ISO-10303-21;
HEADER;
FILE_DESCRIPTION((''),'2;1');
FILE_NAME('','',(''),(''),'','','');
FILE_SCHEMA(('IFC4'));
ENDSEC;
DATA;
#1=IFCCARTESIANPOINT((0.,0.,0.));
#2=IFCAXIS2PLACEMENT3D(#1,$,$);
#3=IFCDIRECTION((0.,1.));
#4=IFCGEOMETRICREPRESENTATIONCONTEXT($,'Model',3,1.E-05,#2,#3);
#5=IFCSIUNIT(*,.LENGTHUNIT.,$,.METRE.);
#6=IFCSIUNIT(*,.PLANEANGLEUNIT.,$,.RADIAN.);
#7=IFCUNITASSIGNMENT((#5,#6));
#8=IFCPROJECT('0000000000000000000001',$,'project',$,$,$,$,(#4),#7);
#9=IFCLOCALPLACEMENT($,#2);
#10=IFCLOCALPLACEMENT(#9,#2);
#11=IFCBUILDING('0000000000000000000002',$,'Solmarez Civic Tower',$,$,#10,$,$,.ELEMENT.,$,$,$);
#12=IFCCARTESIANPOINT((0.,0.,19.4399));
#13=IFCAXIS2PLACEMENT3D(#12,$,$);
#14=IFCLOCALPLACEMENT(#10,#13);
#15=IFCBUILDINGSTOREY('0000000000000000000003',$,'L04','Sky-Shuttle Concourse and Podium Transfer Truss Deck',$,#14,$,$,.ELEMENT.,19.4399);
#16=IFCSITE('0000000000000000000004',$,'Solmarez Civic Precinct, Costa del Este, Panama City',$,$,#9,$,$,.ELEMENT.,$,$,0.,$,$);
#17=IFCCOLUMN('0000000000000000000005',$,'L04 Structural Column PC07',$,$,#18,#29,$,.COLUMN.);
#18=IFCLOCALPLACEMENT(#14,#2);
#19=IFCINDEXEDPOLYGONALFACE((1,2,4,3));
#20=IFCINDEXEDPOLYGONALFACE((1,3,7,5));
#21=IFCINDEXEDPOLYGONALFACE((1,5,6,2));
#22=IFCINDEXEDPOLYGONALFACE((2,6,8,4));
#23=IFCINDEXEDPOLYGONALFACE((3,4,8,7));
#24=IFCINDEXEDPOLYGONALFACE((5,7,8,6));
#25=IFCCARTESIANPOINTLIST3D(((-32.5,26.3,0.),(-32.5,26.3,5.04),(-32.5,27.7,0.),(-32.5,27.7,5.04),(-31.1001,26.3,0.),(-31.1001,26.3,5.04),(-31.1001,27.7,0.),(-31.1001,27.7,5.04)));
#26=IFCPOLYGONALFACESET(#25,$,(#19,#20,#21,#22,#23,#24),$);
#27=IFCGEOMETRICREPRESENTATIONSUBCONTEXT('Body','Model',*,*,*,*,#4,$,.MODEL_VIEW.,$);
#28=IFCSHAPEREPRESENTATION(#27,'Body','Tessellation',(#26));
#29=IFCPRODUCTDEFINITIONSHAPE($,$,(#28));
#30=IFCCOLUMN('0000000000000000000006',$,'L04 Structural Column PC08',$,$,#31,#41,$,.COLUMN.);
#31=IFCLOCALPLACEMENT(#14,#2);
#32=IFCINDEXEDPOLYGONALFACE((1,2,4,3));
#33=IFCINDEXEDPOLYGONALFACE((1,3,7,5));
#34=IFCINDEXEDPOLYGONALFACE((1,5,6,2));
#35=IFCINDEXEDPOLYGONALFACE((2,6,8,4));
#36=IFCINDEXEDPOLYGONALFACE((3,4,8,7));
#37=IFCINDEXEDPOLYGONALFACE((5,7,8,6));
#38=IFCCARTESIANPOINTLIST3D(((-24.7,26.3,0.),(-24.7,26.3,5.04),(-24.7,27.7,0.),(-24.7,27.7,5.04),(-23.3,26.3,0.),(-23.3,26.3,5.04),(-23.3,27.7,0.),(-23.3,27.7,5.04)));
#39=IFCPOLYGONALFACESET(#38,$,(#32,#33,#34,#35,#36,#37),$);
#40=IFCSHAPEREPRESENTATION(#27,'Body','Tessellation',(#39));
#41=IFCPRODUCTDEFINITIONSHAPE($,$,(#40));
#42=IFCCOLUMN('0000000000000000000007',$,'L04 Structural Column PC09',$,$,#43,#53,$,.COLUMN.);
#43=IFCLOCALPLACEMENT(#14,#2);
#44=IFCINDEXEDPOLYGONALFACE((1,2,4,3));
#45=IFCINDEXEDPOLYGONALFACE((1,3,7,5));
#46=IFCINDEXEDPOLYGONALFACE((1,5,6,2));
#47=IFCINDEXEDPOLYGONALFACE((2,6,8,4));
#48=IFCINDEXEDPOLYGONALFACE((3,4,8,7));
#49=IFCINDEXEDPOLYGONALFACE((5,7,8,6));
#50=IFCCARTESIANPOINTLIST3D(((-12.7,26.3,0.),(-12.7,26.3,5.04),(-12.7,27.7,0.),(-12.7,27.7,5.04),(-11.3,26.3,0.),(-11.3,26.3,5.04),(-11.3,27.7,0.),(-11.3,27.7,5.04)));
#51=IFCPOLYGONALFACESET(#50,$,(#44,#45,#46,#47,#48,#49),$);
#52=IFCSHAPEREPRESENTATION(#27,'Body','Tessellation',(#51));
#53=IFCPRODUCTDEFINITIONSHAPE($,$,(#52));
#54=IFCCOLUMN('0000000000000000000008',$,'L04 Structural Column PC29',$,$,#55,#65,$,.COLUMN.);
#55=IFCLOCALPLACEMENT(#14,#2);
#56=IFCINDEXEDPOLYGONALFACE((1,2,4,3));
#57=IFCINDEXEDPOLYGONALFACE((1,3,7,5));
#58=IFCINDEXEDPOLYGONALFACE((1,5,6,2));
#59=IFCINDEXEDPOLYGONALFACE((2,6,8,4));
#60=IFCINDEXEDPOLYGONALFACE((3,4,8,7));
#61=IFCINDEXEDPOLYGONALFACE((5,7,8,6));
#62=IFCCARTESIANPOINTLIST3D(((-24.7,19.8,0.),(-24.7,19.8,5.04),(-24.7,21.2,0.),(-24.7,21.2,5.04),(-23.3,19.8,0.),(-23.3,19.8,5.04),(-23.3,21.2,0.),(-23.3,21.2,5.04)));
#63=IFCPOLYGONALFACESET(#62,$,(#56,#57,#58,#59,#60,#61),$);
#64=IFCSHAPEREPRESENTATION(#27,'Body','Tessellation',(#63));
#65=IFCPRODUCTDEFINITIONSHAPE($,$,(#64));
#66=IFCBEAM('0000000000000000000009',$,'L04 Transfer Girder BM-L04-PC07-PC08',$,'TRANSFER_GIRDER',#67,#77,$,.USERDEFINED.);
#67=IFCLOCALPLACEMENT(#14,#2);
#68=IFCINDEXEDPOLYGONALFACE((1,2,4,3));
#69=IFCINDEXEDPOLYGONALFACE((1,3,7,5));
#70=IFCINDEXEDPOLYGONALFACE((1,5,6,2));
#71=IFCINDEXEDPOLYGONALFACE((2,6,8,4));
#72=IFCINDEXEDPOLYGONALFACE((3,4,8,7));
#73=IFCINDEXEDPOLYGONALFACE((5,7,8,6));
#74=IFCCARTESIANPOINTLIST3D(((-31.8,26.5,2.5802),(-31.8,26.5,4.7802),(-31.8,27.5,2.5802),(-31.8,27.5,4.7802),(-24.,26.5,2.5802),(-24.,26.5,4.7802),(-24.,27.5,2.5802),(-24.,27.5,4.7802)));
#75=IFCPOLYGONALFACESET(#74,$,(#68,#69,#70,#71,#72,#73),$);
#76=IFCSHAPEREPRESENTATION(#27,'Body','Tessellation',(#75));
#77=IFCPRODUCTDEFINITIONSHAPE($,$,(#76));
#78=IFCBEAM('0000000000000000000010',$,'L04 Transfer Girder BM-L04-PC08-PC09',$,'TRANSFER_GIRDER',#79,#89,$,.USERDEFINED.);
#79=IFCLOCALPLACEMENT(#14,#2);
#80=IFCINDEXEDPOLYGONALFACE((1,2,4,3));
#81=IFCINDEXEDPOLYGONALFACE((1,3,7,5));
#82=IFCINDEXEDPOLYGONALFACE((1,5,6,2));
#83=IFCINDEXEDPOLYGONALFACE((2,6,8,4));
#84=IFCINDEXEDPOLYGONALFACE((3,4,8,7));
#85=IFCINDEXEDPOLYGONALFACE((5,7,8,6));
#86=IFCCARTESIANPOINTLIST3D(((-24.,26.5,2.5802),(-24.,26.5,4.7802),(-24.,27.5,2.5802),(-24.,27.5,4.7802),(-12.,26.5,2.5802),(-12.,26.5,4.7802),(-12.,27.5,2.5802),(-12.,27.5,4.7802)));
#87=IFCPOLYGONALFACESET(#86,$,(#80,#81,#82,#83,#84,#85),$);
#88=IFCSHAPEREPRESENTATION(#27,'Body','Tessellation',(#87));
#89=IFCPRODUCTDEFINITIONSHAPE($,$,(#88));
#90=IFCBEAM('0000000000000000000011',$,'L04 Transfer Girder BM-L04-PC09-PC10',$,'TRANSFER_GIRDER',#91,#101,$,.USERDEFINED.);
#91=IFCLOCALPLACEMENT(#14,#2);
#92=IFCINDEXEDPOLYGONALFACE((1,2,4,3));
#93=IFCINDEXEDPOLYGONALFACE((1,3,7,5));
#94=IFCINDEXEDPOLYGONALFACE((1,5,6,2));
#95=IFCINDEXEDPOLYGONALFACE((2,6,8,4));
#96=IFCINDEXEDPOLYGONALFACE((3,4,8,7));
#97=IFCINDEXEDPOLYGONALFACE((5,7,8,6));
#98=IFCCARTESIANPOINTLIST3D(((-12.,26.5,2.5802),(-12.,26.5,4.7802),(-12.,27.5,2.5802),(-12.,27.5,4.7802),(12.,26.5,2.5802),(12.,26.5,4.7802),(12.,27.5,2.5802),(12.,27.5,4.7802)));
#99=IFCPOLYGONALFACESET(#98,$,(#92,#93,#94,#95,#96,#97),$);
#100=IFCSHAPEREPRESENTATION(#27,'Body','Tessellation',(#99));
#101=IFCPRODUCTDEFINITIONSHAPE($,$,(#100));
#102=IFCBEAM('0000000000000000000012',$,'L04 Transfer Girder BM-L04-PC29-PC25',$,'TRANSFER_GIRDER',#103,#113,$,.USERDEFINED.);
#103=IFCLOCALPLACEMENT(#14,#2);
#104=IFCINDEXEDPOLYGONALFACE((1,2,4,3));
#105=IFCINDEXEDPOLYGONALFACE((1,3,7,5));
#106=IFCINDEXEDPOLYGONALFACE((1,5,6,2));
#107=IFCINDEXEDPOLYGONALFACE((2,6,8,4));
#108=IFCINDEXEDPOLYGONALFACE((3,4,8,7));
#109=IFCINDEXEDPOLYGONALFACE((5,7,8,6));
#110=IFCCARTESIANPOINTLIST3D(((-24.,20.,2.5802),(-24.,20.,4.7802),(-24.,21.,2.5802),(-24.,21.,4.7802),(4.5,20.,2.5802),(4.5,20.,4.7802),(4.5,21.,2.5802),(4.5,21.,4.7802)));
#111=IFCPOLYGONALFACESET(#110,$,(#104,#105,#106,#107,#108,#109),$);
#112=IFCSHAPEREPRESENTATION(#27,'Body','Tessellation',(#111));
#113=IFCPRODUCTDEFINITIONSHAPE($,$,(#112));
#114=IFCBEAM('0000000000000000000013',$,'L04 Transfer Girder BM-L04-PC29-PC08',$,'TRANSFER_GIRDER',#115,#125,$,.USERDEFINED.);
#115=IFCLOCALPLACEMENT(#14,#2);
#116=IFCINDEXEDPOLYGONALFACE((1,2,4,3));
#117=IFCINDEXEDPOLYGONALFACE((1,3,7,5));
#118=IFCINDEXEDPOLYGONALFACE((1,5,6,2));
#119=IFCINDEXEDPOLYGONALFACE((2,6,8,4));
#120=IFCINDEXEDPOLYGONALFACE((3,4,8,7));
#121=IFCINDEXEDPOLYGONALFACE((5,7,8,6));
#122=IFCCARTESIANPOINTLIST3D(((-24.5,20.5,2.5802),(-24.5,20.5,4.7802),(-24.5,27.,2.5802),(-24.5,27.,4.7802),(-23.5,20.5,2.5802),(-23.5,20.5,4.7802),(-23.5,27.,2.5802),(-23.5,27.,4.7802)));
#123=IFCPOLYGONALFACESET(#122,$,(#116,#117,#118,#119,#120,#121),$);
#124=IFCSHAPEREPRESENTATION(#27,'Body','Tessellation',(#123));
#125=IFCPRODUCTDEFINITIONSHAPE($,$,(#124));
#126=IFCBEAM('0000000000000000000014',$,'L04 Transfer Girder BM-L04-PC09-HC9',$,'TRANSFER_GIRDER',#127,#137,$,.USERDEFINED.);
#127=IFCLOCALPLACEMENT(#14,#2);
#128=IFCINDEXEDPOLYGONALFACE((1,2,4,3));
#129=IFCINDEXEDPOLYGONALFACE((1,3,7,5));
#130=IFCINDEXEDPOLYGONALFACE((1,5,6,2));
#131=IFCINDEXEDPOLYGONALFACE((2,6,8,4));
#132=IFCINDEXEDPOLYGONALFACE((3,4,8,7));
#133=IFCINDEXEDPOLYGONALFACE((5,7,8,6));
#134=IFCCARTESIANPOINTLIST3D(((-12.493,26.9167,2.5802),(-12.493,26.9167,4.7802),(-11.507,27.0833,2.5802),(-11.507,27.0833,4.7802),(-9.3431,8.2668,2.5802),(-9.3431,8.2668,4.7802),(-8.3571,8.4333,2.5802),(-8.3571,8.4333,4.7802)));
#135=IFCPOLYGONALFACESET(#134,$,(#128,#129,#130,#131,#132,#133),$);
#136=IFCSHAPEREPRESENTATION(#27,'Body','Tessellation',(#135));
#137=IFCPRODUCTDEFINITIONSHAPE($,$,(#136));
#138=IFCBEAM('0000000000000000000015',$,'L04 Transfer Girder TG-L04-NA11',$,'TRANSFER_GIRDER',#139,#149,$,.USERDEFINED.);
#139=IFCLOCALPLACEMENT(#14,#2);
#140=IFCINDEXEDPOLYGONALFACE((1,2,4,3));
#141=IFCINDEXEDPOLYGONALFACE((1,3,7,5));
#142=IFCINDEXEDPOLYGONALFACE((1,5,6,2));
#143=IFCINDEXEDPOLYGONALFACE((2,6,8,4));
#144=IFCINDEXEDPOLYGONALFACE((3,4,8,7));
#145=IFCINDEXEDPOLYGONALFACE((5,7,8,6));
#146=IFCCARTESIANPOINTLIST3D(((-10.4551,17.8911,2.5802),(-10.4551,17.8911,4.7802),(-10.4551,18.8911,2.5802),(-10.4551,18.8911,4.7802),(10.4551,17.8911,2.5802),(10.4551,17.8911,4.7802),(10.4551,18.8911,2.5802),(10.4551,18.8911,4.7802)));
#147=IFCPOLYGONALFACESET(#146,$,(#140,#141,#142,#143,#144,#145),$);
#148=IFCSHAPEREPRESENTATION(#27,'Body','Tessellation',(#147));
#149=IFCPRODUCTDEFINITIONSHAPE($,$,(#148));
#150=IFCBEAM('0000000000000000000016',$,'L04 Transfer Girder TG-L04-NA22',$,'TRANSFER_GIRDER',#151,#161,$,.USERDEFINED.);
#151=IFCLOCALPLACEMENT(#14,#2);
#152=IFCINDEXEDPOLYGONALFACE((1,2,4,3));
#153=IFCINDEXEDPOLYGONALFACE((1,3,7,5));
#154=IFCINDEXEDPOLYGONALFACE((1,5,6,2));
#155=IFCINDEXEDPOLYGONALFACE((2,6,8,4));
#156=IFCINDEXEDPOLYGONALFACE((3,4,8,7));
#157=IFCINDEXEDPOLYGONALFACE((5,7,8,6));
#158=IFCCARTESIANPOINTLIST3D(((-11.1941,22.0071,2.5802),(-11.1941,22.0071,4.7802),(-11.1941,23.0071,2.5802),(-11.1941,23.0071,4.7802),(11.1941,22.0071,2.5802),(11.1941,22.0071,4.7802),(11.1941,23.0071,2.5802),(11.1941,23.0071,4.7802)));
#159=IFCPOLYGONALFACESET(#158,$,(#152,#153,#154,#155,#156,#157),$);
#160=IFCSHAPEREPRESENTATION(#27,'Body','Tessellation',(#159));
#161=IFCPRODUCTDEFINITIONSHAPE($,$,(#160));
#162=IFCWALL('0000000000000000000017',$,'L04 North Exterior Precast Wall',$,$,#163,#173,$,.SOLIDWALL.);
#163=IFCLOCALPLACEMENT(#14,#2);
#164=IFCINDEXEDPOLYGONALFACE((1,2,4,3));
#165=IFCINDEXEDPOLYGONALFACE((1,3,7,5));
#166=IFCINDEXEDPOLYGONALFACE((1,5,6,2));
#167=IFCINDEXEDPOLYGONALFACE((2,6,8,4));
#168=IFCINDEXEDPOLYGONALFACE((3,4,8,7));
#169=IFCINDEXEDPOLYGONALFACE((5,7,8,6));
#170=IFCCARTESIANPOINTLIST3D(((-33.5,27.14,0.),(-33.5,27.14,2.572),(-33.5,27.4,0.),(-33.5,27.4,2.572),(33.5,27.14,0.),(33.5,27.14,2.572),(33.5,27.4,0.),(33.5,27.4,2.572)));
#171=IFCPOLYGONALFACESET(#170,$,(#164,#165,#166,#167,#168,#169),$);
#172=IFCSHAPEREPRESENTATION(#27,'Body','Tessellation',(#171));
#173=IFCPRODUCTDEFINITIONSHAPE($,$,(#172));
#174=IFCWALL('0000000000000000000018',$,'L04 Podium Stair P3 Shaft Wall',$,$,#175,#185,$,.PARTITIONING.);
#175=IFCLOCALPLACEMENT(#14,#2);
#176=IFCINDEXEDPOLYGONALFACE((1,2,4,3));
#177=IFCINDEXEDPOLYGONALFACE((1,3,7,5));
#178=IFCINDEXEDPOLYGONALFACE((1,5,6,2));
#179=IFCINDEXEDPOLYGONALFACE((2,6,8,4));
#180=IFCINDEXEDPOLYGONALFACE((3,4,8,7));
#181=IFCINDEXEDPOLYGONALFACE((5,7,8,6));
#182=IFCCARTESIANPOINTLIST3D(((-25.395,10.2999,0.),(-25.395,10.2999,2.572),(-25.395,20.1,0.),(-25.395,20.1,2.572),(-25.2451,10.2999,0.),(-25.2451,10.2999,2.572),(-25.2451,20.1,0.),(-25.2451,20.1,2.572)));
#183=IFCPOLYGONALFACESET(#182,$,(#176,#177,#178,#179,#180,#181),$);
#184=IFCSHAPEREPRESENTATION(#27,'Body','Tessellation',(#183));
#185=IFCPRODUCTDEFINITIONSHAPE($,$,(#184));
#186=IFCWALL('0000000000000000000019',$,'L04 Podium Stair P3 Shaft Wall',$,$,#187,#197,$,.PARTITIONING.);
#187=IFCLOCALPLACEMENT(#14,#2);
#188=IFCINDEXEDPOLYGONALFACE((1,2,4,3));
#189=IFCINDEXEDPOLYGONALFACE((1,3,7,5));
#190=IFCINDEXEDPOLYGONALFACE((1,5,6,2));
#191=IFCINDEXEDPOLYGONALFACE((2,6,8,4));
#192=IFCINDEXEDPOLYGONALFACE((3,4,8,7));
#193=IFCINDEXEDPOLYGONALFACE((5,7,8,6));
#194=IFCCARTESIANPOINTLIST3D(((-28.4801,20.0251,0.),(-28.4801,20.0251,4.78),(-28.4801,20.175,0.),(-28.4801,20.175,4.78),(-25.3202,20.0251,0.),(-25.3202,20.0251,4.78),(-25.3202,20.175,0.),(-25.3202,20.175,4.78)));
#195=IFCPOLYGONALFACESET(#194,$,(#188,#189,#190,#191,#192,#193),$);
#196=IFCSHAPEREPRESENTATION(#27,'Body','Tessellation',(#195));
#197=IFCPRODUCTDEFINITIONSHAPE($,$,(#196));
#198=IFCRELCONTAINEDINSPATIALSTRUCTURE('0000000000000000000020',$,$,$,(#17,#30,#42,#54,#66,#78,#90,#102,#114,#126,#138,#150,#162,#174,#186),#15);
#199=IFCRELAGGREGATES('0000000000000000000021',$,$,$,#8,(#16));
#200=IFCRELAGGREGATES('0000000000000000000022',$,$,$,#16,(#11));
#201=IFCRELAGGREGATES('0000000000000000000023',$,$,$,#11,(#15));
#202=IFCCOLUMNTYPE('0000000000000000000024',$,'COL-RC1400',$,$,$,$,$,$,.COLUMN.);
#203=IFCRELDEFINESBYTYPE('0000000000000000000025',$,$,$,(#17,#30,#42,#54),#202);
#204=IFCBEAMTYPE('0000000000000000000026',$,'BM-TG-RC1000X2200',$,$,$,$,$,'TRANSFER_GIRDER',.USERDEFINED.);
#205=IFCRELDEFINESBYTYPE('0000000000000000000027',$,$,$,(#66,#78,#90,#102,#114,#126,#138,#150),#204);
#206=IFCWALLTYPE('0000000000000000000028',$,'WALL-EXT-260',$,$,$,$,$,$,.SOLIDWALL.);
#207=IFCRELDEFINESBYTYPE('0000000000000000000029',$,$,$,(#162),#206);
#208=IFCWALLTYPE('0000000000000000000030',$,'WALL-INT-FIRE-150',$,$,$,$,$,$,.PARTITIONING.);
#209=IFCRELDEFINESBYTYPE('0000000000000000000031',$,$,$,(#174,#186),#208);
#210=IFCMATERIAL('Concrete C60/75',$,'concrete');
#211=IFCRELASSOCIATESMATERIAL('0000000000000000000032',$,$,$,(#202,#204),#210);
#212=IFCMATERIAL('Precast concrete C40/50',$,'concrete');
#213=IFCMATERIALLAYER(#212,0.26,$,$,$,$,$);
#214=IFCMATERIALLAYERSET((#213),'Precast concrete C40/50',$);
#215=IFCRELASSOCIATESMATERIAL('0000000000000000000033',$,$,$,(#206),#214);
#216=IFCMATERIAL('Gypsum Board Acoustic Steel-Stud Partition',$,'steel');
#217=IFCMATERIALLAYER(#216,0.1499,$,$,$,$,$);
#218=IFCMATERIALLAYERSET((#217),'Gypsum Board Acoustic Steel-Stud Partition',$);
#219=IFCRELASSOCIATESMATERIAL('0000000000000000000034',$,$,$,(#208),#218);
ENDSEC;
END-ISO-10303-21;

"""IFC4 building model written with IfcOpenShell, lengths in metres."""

from ifc_helpers import new_model, si_unit, direction, frame, frame_2d, origin, origin_2d, place, context, subcontext, project, spatial, rectangle, extrude, material, layer, layer_set, material_profile, profile_set, type_object, element, save


model = new_model("IFC4")

# Units and contexts
model_context = context("Model", 3, precision=1e-05, world=origin(), true_north=direction((0.0, 1.0)))
body_context = subcontext(model_context, "Body", "Model", "MODEL_VIEW")
ifc_project = project(units=[si_unit("LENGTHUNIT", "METRE"), si_unit("PLANEANGLEUNIT", "RADIAN")], contexts=[model_context])

# Site, building, storey
site_placement = place(None, origin())
site = spatial("IfcSite", under=ifc_project, at=site_placement, Name="Solmarez Civic Precinct, Costa del Este, Panama City", CompositionType="ELEMENT", RefElevation=0.0)
building_placement = place(site_placement, origin())
building = spatial("IfcBuilding", under=site, at=building_placement, Name="Solmarez Civic Tower", CompositionType="ELEMENT")
storey_placement = place(building_placement, frame((0.0, 0.0, 19.4399)))
storey = spatial("IfcBuildingStorey", under=building, at=storey_placement, Name="L04", Description="Sky-Shuttle Concourse and Podium Transfer Truss Deck", CompositionType="ELEMENT", Elevation=19.4399)

# Columns
ifc_material_1 = material(Name="Concrete C60/75", Category="concrete")
ifc_material_profile_1 = material_profile(ifc_material_1, rectangle(XDim=1.3999, YDim=1.3999, at=origin_2d()), Name="RC1400X1400")
ifc_profile_set_1 = profile_set([ifc_material_profile_1], Name="Concrete C60/75")
column_type = type_object("IfcColumnType", Name="COL-RC1400", PredefinedType="COLUMN", material=ifc_profile_set_1)
for number, where, z_axis, x_axis, name in (
    (1, (-31.8, 27.0, 0.0), (0.0, 0.0, 1.0), (1.0, 0.0, 0.0), "L04 Structural Column PC07"),
    (2, (-24.0, 27.0, 0.0), (0.0, 0.0, 1.0), (1.0, 0.0, 0.0), "L04 Structural Column PC08"),
    (3, (-12.0, 27.0, 0.0), (0.0, 0.0, 1.0), (1.0, 0.0, 0.0), "L04 Structural Column PC09"),
    (4, (-24.0, 20.5, 0.0), (0.0, 0.0, 1.0), (1.0, 0.0, 0.0), "L04 Structural Column PC29"),
):
    element("IfcColumn", number, at=place(storey_placement, frame(where, z_axis=z_axis, x_axis=x_axis)), inside=storey, type_object=column_type, Name=name, PredefinedType="COLUMN", context=body_context, shape_type="SweptSolid", body=[
        extrude(rectangle(XDim=1.3999, YDim=1.3999, at=origin_2d()), origin(), (0.0, 0.0, 1.0), 5.04),
    ])

# Beams
ifc_material_profile_2 = material_profile(ifc_material_1, rectangle(XDim=1.0, YDim=2.2, at=origin_2d()), Name="RC1000X2200")
ifc_profile_set_2 = profile_set([ifc_material_profile_2], Name="Concrete C60/75")
beam_type = type_object("IfcBeamType", Name="BM-TG-RC1000X2200", ElementType="TRANSFER_GIRDER", PredefinedType="USERDEFINED", material=ifc_profile_set_2)
beam_1_placement = place(storey_placement, frame((-31.8, 27.0, 3.6802), z_axis=(1.0, 0.0, 0.0), x_axis=(0.0, 1.0, 0.0)))
element("IfcBeam", 5, at=beam_1_placement, inside=storey, type_object=beam_type, Name="L04 Transfer Girder BM-L04-PC07-PC08", ObjectType="TRANSFER_GIRDER", PredefinedType="USERDEFINED", context=body_context, shape_type="SweptSolid", body=[
    extrude(rectangle(XDim=1.0, YDim=2.2, at=origin_2d()), origin(), (0.0, 0.0, 1.0), 7.8),
])
beam_2_placement = place(storey_placement, frame((-24.0, 27.0, 3.6802), z_axis=(1.0, 0.0, 0.0), x_axis=(0.0, 1.0, 0.0)))
element("IfcBeam", 6, at=beam_2_placement, inside=storey, type_object=beam_type, Name="L04 Transfer Girder BM-L04-PC08-PC09", ObjectType="TRANSFER_GIRDER", PredefinedType="USERDEFINED", context=body_context, shape_type="SweptSolid", body=[
    extrude(rectangle(XDim=1.0, YDim=2.2, at=origin_2d()), origin(), (0.0, 0.0, 1.0), 12.0),
])
beam_3_placement = place(storey_placement, frame((-12.0, 27.0, 3.6802), z_axis=(1.0, 0.0, 0.0), x_axis=(0.0, 1.0, 0.0)))
element("IfcBeam", 7, at=beam_3_placement, inside=storey, type_object=beam_type, Name="L04 Transfer Girder BM-L04-PC09-PC10", ObjectType="TRANSFER_GIRDER", PredefinedType="USERDEFINED", context=body_context, shape_type="SweptSolid", body=[
    extrude(rectangle(XDim=1.0, YDim=2.2, at=origin_2d()), origin(), (0.0, 0.0, 1.0), 24.0),
])
beam_4_placement = place(storey_placement, frame((-24.0, 20.5, 3.6802), z_axis=(1.0, 0.0, 0.0), x_axis=(0.0, 1.0, 0.0)))
element("IfcBeam", 8, at=beam_4_placement, inside=storey, type_object=beam_type, Name="L04 Transfer Girder BM-L04-PC29-PC25", ObjectType="TRANSFER_GIRDER", PredefinedType="USERDEFINED", context=body_context, shape_type="SweptSolid", body=[
    extrude(rectangle(XDim=1.0, YDim=2.2, at=origin_2d()), origin(), (0.0, 0.0, 1.0), 28.5),
])
beam_5_placement = place(storey_placement, frame((-24.0, 20.5, 3.6802), z_axis=(0.0, 1.0, 0.0), x_axis=(-1.0, 0.0, 0.0)))
element("IfcBeam", 9, at=beam_5_placement, inside=storey, type_object=beam_type, Name="L04 Transfer Girder BM-L04-PC29-PC08", ObjectType="TRANSFER_GIRDER", PredefinedType="USERDEFINED", context=body_context, shape_type="SweptSolid", body=[
    extrude(rectangle(XDim=1.0, YDim=2.2, at=origin_2d()), origin(), (0.0, 0.0, 1.0), 6.5),
])
beam_6_placement = place(storey_placement, frame((-12.0, 27.0, 3.6802), z_axis=(0.166538, -0.986035, 0.0), x_axis=(0.986035, 0.166538, 0.0)))
element("IfcBeam", 10, at=beam_6_placement, inside=storey, type_object=beam_type, Name="L04 Transfer Girder BM-L04-PC09-HC9", ObjectType="TRANSFER_GIRDER", PredefinedType="USERDEFINED", context=body_context, shape_type="SweptSolid", body=[
    extrude(rectangle(XDim=1.0, YDim=2.2, at=origin_2d()), origin(), (0.0, 0.0, 1.0), 18.9141),
])
beam_7_placement = place(storey_placement, frame((-10.4551, 18.3911, 3.6802), z_axis=(1.0, 0.0, 0.0), x_axis=(0.0, 1.0, 0.0)))
element("IfcBeam", 11, at=beam_7_placement, inside=storey, type_object=beam_type, Name="L04 Transfer Girder TG-L04-NA11", ObjectType="TRANSFER_GIRDER", PredefinedType="USERDEFINED", context=body_context, shape_type="SweptSolid", body=[
    extrude(rectangle(XDim=1.0, YDim=2.2, at=origin_2d()), origin(), (0.0, 0.0, 1.0), 20.9102),
])
beam_8_placement = place(storey_placement, frame((-11.1941, 22.5071, 3.6802), z_axis=(1.0, 0.0, 0.0), x_axis=(0.0, 1.0, 0.0)))
element("IfcBeam", 12, at=beam_8_placement, inside=storey, type_object=beam_type, Name="L04 Transfer Girder TG-L04-NA22", ObjectType="TRANSFER_GIRDER", PredefinedType="USERDEFINED", context=body_context, shape_type="SweptSolid", body=[
    extrude(rectangle(XDim=1.0, YDim=2.2, at=origin_2d()), origin(), (0.0, 0.0, 1.0), 22.3882),
])

# Walls
ifc_material_2 = material(Name="Precast concrete C40/50", Category="concrete")
ifc_layer_1 = layer(ifc_material_2, 0.26)
ifc_layer_set_1 = layer_set([ifc_layer_1], Name="Precast concrete C40/50")
wall_type_1 = type_object("IfcWallType", Name="WALL-EXT-260", PredefinedType="SOLIDWALL", material=ifc_layer_set_1)
wall_1_placement = place(storey_placement, frame((-33.5, 27.27, 0.0), z_axis=(0.0, 0.0, 1.0), x_axis=(1.0, 0.0, 0.0)))
element("IfcWall", 13, at=wall_1_placement, inside=storey, type_object=wall_type_1, Name="L04 North Exterior Precast Wall", PredefinedType="SOLIDWALL", context=body_context, shape_type="SweptSolid", body=[
    extrude(rectangle(XDim=67.0, YDim=0.26, at=frame_2d((33.5, 0.0))), origin(), (0.0, 0.0, 1.0), 2.572),
])
ifc_material_3 = material(Name="Gypsum Board Acoustic Steel-Stud Partition", Category="steel")
ifc_layer_2 = layer(ifc_material_3, 0.1499)
ifc_layer_set_2 = layer_set([ifc_layer_2], Name="Gypsum Board Acoustic Steel-Stud Partition")
wall_type_2 = type_object("IfcWallType", Name="WALL-INT-FIRE-150", PredefinedType="PARTITIONING", material=ifc_layer_set_2)
wall_2_placement = place(storey_placement, frame((-25.3201, 10.3, 0.0), z_axis=(0.0, 0.0, 1.0), x_axis=(0.0, 1.0, 0.0)))
element("IfcWall", 14, at=wall_2_placement, inside=storey, type_object=wall_type_2, Name="L04 Podium Stair P3 Shaft Wall", PredefinedType="PARTITIONING", context=body_context, shape_type="SweptSolid", body=[
    extrude(rectangle(XDim=9.8, YDim=0.1499, at=frame_2d((4.8999, 0.0))), origin(), (0.0, 0.0, 1.0), 2.572),
])
wall_3_placement = place(storey_placement, frame((-25.3201, 20.1001, 0.0), z_axis=(0.0, 0.0, 1.0), x_axis=(-1.0, 0.0, 0.0)))
element("IfcWall", 15, at=wall_3_placement, inside=storey, type_object=wall_type_2, Name="L04 Podium Stair P3 Shaft Wall", PredefinedType="PARTITIONING", context=body_context, shape_type="SweptSolid", body=[
    extrude(rectangle(XDim=3.1599, YDim=0.1499, at=frame_2d((1.5801, 0.0))), origin(), (0.0, 0.0, 1.0), 4.78),
])

save(model, "model.ifc")
